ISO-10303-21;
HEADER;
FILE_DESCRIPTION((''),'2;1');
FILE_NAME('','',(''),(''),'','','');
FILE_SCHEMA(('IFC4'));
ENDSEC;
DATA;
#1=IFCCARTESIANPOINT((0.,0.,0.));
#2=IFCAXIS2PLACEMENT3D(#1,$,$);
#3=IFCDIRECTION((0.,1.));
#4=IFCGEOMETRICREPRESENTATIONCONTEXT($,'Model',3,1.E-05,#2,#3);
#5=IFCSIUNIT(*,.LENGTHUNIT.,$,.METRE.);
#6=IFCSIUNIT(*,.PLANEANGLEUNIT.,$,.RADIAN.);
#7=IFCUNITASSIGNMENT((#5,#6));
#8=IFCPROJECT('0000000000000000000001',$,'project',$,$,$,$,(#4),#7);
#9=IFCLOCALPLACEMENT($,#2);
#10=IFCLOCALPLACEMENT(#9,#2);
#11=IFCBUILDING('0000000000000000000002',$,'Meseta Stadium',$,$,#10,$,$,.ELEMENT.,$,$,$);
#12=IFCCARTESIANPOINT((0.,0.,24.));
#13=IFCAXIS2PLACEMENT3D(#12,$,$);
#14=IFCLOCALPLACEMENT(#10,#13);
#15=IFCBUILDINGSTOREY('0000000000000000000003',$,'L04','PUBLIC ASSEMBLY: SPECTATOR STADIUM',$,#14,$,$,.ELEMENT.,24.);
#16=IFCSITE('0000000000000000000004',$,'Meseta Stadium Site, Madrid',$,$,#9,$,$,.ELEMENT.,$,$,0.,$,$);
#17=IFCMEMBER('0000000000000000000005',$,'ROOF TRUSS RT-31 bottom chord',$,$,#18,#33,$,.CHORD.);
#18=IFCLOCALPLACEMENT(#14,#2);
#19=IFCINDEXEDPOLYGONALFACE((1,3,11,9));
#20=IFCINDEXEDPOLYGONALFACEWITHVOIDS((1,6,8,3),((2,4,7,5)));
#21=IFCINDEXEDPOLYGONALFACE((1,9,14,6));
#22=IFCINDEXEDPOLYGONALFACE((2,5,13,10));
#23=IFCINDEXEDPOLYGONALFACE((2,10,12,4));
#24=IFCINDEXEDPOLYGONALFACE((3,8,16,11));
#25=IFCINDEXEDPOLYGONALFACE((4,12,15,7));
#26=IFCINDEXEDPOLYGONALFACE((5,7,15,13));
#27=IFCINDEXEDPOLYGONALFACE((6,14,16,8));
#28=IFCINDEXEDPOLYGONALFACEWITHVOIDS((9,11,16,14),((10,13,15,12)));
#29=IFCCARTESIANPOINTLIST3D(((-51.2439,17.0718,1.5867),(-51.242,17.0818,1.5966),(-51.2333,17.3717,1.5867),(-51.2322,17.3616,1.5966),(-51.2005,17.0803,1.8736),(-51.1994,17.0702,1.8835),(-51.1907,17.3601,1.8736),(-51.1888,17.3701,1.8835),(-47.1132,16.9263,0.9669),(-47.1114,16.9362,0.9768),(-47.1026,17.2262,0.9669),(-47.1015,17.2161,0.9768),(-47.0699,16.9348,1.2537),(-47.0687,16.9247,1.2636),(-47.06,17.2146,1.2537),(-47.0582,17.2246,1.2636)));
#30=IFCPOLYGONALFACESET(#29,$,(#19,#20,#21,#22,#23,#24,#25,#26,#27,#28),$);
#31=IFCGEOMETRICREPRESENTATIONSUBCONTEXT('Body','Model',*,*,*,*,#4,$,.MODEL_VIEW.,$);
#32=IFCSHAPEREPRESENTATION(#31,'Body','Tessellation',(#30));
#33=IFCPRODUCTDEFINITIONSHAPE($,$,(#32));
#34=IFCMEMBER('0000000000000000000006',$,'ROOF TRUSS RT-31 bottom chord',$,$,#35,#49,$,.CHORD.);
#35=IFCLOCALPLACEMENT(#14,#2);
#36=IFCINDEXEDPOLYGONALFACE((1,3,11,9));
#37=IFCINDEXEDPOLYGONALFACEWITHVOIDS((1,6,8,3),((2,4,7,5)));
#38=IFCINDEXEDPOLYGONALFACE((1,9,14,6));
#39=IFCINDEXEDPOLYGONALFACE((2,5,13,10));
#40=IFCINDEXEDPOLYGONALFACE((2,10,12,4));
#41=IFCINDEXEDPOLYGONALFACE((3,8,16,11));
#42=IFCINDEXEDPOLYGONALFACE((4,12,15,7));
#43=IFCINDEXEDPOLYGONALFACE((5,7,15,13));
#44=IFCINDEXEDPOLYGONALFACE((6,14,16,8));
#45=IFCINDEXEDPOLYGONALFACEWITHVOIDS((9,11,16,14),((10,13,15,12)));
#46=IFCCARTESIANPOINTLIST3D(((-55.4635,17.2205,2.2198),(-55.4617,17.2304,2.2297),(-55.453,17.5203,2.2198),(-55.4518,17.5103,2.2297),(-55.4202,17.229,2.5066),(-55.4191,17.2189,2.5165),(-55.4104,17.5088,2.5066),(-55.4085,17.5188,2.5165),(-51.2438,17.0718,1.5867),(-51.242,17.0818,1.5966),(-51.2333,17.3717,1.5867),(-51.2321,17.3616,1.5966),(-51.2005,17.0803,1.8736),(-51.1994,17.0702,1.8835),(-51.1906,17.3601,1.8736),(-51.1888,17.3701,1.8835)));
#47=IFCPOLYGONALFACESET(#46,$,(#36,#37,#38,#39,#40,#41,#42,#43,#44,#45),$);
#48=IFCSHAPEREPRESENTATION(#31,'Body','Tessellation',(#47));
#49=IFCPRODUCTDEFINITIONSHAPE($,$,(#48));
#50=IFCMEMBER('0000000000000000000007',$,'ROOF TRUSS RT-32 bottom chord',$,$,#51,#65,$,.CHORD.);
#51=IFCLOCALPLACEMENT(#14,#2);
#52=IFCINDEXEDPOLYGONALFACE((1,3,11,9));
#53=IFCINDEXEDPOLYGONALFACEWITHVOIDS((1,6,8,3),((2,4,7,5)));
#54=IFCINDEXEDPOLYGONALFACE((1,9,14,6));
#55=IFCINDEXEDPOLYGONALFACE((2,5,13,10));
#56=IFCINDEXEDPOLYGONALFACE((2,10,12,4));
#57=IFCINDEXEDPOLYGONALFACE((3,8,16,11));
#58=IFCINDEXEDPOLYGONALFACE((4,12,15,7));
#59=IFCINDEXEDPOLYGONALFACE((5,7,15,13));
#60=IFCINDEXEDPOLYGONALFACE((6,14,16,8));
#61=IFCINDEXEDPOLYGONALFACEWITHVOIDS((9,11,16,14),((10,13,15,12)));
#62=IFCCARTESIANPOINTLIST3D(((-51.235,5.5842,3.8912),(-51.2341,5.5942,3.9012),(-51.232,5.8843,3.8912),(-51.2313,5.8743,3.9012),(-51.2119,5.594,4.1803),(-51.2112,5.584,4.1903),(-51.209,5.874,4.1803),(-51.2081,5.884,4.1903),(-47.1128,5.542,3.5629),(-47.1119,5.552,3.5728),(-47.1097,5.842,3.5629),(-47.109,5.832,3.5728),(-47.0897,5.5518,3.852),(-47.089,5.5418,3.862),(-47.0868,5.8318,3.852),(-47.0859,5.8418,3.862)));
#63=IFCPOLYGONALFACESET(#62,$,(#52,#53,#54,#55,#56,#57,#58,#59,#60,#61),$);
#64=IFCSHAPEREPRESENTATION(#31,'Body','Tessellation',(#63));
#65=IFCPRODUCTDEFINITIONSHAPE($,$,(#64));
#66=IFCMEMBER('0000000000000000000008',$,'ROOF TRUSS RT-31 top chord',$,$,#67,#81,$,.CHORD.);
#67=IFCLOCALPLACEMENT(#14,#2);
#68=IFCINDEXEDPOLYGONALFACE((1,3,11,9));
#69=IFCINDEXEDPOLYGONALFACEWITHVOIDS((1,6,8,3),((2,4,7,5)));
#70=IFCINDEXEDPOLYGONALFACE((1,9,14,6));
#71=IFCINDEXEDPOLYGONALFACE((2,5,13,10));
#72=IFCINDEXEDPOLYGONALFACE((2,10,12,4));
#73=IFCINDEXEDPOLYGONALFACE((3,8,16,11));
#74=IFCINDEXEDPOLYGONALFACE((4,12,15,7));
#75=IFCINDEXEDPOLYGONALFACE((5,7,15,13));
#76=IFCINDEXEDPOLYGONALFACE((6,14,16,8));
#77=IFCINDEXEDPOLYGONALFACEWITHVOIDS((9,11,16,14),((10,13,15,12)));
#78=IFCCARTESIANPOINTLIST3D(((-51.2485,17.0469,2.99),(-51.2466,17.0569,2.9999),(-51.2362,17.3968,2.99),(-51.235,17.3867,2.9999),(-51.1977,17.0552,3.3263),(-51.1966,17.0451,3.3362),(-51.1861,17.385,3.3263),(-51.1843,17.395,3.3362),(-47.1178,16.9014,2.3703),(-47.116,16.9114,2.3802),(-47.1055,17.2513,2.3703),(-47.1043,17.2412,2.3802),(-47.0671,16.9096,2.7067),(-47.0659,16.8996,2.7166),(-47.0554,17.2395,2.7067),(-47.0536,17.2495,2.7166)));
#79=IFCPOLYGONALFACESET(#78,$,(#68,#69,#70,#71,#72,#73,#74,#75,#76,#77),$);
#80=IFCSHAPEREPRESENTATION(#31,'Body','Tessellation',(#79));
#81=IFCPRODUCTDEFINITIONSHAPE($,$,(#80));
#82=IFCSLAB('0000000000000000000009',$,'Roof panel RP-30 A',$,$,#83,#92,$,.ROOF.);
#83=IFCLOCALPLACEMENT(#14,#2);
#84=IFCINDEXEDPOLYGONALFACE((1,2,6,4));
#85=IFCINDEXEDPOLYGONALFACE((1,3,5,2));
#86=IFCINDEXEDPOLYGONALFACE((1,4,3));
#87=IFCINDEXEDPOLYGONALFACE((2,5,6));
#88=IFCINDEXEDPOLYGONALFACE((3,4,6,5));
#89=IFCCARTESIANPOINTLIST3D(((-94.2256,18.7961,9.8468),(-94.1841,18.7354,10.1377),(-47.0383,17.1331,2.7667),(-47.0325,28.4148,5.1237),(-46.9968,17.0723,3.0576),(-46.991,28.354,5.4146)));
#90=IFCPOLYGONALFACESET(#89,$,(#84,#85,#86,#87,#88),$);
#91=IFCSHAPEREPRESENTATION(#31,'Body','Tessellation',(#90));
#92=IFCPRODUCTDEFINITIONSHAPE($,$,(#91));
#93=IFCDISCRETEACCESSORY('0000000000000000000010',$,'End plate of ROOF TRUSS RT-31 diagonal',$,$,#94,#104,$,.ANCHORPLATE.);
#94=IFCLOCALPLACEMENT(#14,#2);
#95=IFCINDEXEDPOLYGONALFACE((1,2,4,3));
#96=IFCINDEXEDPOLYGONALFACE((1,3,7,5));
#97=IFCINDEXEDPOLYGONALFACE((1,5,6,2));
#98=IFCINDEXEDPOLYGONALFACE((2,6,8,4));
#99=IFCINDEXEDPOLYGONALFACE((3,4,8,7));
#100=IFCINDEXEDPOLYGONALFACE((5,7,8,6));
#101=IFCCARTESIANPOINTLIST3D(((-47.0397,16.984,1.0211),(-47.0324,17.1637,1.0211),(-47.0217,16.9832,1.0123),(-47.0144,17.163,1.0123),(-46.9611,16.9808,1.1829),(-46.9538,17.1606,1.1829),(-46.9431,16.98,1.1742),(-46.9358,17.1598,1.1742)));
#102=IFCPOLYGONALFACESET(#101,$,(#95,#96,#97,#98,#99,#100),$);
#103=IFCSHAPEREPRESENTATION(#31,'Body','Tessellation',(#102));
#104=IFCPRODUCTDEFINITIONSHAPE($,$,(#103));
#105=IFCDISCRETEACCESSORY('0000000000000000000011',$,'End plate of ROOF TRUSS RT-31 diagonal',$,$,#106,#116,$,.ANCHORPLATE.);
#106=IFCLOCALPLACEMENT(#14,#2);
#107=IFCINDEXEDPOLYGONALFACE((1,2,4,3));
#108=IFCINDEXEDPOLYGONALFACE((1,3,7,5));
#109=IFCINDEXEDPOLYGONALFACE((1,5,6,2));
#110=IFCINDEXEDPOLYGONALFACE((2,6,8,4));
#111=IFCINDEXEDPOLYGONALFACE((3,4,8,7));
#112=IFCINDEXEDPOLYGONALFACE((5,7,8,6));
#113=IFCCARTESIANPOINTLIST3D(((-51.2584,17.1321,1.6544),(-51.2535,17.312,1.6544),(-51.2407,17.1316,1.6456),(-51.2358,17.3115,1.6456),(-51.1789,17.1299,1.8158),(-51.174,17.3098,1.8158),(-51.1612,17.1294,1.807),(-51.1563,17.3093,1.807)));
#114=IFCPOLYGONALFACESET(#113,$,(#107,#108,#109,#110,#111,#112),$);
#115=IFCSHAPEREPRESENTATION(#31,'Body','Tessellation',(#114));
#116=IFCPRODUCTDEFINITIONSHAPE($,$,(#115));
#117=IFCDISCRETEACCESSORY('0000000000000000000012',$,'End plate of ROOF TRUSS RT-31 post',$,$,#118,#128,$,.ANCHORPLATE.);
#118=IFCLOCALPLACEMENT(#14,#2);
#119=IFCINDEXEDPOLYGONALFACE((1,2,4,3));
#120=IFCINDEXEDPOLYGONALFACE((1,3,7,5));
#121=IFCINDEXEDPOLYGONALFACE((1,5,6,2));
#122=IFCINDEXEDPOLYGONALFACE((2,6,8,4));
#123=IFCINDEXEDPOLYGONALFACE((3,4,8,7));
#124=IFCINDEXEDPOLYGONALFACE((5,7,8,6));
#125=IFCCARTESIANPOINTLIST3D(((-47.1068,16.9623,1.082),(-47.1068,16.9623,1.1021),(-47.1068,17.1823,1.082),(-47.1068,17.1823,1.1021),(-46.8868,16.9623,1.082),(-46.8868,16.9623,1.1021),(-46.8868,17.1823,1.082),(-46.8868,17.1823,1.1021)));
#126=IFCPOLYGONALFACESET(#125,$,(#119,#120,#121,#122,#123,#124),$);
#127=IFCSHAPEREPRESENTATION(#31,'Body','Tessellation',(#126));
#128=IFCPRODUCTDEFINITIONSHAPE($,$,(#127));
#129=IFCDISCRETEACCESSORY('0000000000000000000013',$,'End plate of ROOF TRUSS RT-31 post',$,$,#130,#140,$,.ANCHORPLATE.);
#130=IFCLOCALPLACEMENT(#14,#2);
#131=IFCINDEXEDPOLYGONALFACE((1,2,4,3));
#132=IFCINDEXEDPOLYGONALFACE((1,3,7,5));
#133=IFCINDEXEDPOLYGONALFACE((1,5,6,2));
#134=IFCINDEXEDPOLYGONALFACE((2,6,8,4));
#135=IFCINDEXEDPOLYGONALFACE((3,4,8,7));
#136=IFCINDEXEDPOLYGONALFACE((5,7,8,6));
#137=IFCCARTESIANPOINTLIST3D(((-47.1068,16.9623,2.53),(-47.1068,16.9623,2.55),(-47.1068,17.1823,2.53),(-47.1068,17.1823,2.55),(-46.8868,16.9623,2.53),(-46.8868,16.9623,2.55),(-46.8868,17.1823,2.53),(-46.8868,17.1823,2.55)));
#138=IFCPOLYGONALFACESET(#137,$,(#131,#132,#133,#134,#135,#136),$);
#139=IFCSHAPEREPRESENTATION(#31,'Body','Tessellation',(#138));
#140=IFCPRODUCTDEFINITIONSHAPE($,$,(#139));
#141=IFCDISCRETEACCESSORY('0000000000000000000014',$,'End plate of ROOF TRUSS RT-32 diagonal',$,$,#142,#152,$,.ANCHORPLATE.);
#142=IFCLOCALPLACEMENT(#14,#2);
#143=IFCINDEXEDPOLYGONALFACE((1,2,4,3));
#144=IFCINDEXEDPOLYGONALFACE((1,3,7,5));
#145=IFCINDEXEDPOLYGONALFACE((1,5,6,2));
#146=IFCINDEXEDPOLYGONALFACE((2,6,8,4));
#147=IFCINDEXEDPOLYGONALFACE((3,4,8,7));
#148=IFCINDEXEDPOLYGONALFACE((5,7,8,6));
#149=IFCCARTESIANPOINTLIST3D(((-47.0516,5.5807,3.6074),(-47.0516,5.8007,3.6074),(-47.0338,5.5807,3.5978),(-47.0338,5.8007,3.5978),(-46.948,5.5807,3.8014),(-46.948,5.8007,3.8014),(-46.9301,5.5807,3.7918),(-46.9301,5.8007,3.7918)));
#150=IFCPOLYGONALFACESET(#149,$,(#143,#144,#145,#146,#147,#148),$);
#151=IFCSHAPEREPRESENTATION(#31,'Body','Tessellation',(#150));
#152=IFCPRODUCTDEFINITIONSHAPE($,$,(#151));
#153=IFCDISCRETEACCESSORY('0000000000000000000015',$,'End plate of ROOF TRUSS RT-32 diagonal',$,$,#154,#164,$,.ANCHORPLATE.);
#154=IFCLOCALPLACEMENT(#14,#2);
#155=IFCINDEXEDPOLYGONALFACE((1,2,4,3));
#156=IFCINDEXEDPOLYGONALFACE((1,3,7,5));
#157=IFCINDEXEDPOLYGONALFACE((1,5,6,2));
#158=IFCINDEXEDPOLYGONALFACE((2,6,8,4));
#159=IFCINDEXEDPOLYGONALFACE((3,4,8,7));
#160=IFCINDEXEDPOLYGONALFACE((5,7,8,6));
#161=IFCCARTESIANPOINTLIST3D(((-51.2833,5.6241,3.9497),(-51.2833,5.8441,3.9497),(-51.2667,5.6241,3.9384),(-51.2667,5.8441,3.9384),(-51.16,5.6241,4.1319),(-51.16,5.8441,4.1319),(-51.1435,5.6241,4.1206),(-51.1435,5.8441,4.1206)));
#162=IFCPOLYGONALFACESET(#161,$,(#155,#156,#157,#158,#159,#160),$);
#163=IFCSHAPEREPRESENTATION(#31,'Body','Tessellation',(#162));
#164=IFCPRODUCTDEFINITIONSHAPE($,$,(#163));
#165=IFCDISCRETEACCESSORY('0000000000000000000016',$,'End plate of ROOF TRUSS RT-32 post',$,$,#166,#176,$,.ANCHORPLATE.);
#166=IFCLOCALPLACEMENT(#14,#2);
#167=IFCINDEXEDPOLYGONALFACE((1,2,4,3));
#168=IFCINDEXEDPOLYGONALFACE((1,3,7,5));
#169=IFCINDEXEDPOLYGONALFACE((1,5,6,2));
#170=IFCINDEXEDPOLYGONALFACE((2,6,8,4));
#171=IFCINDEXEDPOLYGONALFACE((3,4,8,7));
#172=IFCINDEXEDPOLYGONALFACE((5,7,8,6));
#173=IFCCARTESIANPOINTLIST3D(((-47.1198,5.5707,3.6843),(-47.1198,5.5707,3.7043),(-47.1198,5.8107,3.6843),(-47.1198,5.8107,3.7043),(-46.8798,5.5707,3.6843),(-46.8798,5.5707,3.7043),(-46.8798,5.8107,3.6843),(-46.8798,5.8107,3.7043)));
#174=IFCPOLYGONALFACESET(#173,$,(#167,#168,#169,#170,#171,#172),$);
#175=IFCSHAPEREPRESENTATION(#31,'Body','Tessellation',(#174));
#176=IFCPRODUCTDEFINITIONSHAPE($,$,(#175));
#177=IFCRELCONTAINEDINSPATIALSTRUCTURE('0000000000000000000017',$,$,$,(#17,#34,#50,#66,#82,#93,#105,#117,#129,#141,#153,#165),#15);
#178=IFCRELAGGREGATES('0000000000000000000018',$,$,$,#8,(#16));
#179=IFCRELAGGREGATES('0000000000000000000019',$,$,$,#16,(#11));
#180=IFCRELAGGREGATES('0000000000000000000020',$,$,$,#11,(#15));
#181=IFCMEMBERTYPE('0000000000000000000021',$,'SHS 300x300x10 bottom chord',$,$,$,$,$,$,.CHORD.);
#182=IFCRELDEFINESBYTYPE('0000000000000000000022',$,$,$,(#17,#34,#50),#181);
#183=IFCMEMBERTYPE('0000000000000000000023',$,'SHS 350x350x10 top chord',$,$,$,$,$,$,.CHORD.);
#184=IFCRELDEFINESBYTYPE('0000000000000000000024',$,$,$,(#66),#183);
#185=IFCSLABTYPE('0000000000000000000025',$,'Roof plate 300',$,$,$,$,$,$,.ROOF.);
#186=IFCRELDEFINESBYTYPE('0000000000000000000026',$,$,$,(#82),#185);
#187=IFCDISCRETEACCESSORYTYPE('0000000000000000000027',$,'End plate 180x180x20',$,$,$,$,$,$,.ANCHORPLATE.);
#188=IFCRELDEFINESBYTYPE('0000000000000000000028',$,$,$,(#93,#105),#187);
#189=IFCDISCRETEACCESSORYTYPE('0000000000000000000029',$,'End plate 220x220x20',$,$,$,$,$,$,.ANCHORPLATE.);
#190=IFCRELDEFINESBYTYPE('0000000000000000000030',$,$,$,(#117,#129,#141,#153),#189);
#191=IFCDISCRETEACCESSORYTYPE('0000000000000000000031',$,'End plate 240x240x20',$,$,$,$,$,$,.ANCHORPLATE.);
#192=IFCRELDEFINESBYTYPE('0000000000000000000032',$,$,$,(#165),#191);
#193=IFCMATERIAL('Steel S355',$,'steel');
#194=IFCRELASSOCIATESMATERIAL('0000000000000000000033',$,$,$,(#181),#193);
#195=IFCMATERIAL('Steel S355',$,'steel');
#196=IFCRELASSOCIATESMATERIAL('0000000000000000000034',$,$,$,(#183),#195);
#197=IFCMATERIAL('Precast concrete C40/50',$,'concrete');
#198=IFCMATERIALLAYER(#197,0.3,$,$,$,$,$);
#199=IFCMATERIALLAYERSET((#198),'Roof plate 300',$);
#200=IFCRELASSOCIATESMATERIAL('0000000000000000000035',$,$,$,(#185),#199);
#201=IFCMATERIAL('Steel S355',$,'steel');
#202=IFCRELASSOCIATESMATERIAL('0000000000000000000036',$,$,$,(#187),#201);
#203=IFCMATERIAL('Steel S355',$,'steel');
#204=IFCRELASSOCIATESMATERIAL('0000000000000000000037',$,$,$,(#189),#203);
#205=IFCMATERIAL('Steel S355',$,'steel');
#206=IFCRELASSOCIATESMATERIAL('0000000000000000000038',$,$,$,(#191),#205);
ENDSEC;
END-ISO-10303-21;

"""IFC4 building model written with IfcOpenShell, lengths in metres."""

from ifc_helpers import new_model, si_unit, direction, frame, origin, origin_2d, place, context, subcontext, project, spatial, polyline, rectangle, hollow_rectangle, outline, extrude, material, layer, layer_set, material_profile, profile_set, type_object, element, save


model = new_model("IFC4")

# Units and contexts
model_context = context("Model", 3, precision=1e-05, world=origin(), true_north=direction((0.0, 1.0)))
body_context = subcontext(model_context, "Body", "Model", "MODEL_VIEW")
ifc_project = project(units=[si_unit("LENGTHUNIT", "METRE"), si_unit("PLANEANGLEUNIT", "RADIAN")], contexts=[model_context])

# Site, building, storey
site_placement = place(None, origin())
site = spatial("IfcSite", under=ifc_project, at=site_placement, Name="Meseta Stadium Site, Madrid", CompositionType="ELEMENT", RefElevation=0.0)
building_placement = place(site_placement, origin())
building = spatial("IfcBuilding", under=site, at=building_placement, Name="Meseta Stadium", CompositionType="ELEMENT")
storey_placement = place(building_placement, frame((0.0, 0.0, 24.0)))
storey = spatial("IfcBuildingStorey", under=building, at=storey_placement, Name="L04", Description="PUBLIC ASSEMBLY: SPECTATOR STADIUM", CompositionType="ELEMENT", Elevation=24.0)

# Members
ifc_material_1 = material(Name="Steel S355", Category="steel")
ifc_material_profile_1 = material_profile(ifc_material_1, hollow_rectangle(XDim=0.3, YDim=0.3, WallThickness=0.01, at=origin_2d()), Name="SHS 300x300x10")
ifc_profile_set_1 = profile_set([ifc_material_profile_1], Name="Steel S355")
member_type_1 = type_object("IfcMemberType", Name="SHS 300x300x10 bottom chord", PredefinedType="CHORD", material=ifc_profile_set_1)
member_1_placement = place(storey_placement, frame((-47.0857, 17.0754, 1.1152), z_axis=(-0.988327, 0.034815, 0.148316), x_axis=(-0.035205, -0.99938, 0.0)))
element("IfcMember", 1, at=member_1_placement, inside=storey, type_object=member_type_1, Name="ROOF TRUSS RT-31 bottom chord", PredefinedType="CHORD", context=body_context, shape_type="SweptSolid", body=[
    extrude(hollow_rectangle(XDim=0.3, YDim=0.3, WallThickness=0.01, at=origin_2d()), origin(), (0.0, 0.0, 1.0), 4.1794),
])
member_2_placement = place(storey_placement, frame((-51.2163, 17.2209, 1.7351), z_axis=(-0.988333, 0.034824, 0.148273), x_axis=(-0.035213, -0.99938, 0.0)))
element("IfcMember", 2, at=member_2_placement, inside=storey, type_object=member_type_1, Name="ROOF TRUSS RT-31 bottom chord", PredefinedType="CHORD", context=body_context, shape_type="SweptSolid", body=[
    extrude(hollow_rectangle(XDim=0.3, YDim=0.3, WallThickness=0.01, at=origin_2d()), origin(), (0.0, 0.0, 1.0), 4.2695),
])
member_3_placement = place(storey_placement, frame((-47.0994, 5.6919, 3.7124), z_axis=(-0.99679, 0.010213, 0.079401), x_axis=(-0.010245, -0.999948, 0.0)))
element("IfcMember", 3, at=member_3_placement, inside=storey, type_object=member_type_1, Name="ROOF TRUSS RT-32 bottom chord", PredefinedType="CHORD", context=body_context, shape_type="SweptSolid", body=[
    extrude(hollow_rectangle(XDim=0.3, YDim=0.3, WallThickness=0.01, at=origin_2d()), origin(), (0.0, 0.0, 1.0), 4.1355),
])
ifc_material_2 = material(Name="Steel S355", Category="steel")
ifc_material_profile_2 = material_profile(ifc_material_2, hollow_rectangle(XDim=0.3501, YDim=0.3501, WallThickness=0.01, at=origin_2d()), Name="SHS 350x350x10")
ifc_profile_set_2 = profile_set([ifc_material_profile_2], Name="Steel S355")
member_type_2 = type_object("IfcMemberType", Name="SHS 350x350x10 top chord", PredefinedType="CHORD", material=ifc_profile_set_2)
member_4_placement = place(storey_placement, frame((-47.0857, 17.0754, 2.5435), z_axis=(-0.988336, 0.034816, 0.148259), x_axis=(-0.035205, -0.99938, 0.0)))
element("IfcMember", 4, at=member_4_placement, inside=storey, type_object=member_type_2, Name="ROOF TRUSS RT-31 top chord", PredefinedType="CHORD", context=body_context, shape_type="SweptSolid", body=[
    extrude(hollow_rectangle(XDim=0.3501, YDim=0.3501, WallThickness=0.01, at=origin_2d()), origin(), (0.0, 0.0, 1.0), 4.1794),
])

# Slab
ifc_material_3 = material(Name="Precast concrete C40/50", Category="concrete")
ifc_layer = layer(ifc_material_3, 0.3)
ifc_layer_set = layer_set([ifc_layer], Name="Roof plate 300")
slab_type = type_object("IfcSlabType", Name="Roof plate 300", PredefinedType="ROOF", material=ifc_layer_set)
slab_placement = place(storey_placement, frame((-46.9968, 17.0723, 3.0576), z_axis=(0.138317, -0.202604, 0.969443), x_axis=(-0.98833, 0.034833, 0.148291)))
element("IfcSlab", 5, at=slab_placement, inside=storey, type_object=slab_type, Name="Roof panel RP-30 A", PredefinedType="ROOF", context=body_context, shape_type="SweptSolid", body=[
    extrude(outline(polyline([(0.0, 0.0), (47.7444, 0.0), (0.7367, -11.5017), (0.0, 0.0)])), origin(), (0.0, 0.0, -1.0), 0.3),
])

# Discrete accessories
ifc_material_4 = material(Name="Steel S355", Category="steel")
ifc_material_profile_3 = material_profile(ifc_material_4, rectangle(XDim=0.1799, YDim=0.1799, at=origin_2d()), Name="PL 180x180")
ifc_profile_set_3 = profile_set([ifc_material_profile_3], Name="Steel S355")
discrete_accessory_type_1 = type_object("IfcDiscreteAccessoryType", Name="End plate 180x180x20", PredefinedType="ANCHORPLATE", material=ifc_profile_set_3)
discrete_accessory_1_placement = place(storey_placement, frame((-46.9788, 17.0715, 1.0933), z_axis=(-0.898638, 0.036431, 0.437175), x_axis=(-0.040507, -0.999179, 0.0)))
element("IfcDiscreteAccessory", 6, at=discrete_accessory_1_placement, inside=storey, type_object=discrete_accessory_type_1, Name="End plate of ROOF TRUSS RT-31 diagonal", PredefinedType="ANCHORPLATE", context=body_context, shape_type="SweptSolid", body=[
    extrude(rectangle(XDim=0.1799, YDim=0.1799, at=origin_2d()), origin(), (0.0, 0.0, 1.0), 0.02),
])
discrete_accessory_2_placement = place(storey_placement, frame((-51.1985, 17.2205, 1.7263), z_axis=(-0.8966, 0.024564, 0.442159), x_axis=(-0.027387, -0.999625, 0.0)))
element("IfcDiscreteAccessory", 7, at=discrete_accessory_2_placement, inside=storey, type_object=discrete_accessory_type_1, Name="End plate of ROOF TRUSS RT-31 diagonal", PredefinedType="ANCHORPLATE", context=body_context, shape_type="SweptSolid", body=[
    extrude(rectangle(XDim=0.1799, YDim=0.1799, at=origin_2d()), origin(), (0.0, 0.0, 1.0), 0.0198),
])
ifc_material_5 = material(Name="Steel S355", Category="steel")
ifc_material_profile_4 = material_profile(ifc_material_5, rectangle(XDim=0.22, YDim=0.22, at=origin_2d()), Name="PL 220x220")
ifc_profile_set_4 = profile_set([ifc_material_profile_4], Name="Steel S355")
discrete_accessory_type_2 = type_object("IfcDiscreteAccessoryType", Name="End plate 220x220x20", PredefinedType="ANCHORPLATE", material=ifc_profile_set_4)
for number, where, z_axis, x_axis, name in (
    (8, (-46.9968, 17.0723, 1.082), (0.0, 0.0, 1.0), (1.0, 0.0, 0.0), "End plate of ROOF TRUSS RT-31 post"),
    (9, (-46.9968, 17.0723, 2.53), (0.0, 0.0, 1.0), (1.0, 0.0, 0.0), "End plate of ROOF TRUSS RT-31 post"),
):
    element("IfcDiscreteAccessory", number, at=place(storey_placement, frame(where, z_axis=z_axis, x_axis=x_axis)), inside=storey, type_object=discrete_accessory_type_2, Name=name, PredefinedType="ANCHORPLATE", context=body_context, shape_type="SweptSolid", body=[
        extrude(rectangle(XDim=0.22, YDim=0.22, at=origin_2d()), origin(), (0.0, 0.0, 1.0), 0.02),
    ])
discrete_accessory_3_placement = place(storey_placement, frame((-46.9819, 5.6907, 3.6948), z_axis=(-0.882018, 0.0, 0.471215), x_axis=(0.0, -1.0, 0.0)))
element("IfcDiscreteAccessory", 10, at=discrete_accessory_3_placement, inside=storey, type_object=discrete_accessory_type_2, Name="End plate of ROOF TRUSS RT-32 diagonal", PredefinedType="ANCHORPLATE", context=body_context, shape_type="SweptSolid", body=[
    extrude(rectangle(XDim=0.22, YDim=0.22, at=origin_2d()), origin(), (0.0, 0.0, 1.0), 0.0203),
])
discrete_accessory_4_placement = place(storey_placement, frame((-51.2051, 5.7341, 4.0295), z_axis=(-0.828283, 0.0, 0.560309), x_axis=(0.0, -1.0, 0.0)))
element("IfcDiscreteAccessory", 11, at=discrete_accessory_4_placement, inside=storey, type_object=discrete_accessory_type_2, Name="End plate of ROOF TRUSS RT-32 diagonal", PredefinedType="ANCHORPLATE", context=body_context, shape_type="SweptSolid", body=[
    extrude(rectangle(XDim=0.22, YDim=0.22, at=origin_2d()), origin(), (0.0, 0.0, 1.0), 0.02),
])
ifc_material_6 = material(Name="Steel S355", Category="steel")
ifc_material_profile_5 = material_profile(ifc_material_6, rectangle(XDim=0.24, YDim=0.24, at=origin_2d()), Name="PL 240x240")
ifc_profile_set_5 = profile_set([ifc_material_profile_5], Name="Steel S355")
discrete_accessory_type_3 = type_object("IfcDiscreteAccessoryType", Name="End plate 240x240x20", PredefinedType="ANCHORPLATE", material=ifc_profile_set_5)
for number, where, z_axis, x_axis, name in (
    (12, (-46.9998, 5.6907, 3.6843), (0.0, 0.0, 1.0), (1.0, 0.0, 0.0), "End plate of ROOF TRUSS RT-32 post"),
):
    element("IfcDiscreteAccessory", number, at=place(storey_placement, frame(where, z_axis=z_axis, x_axis=x_axis)), inside=storey, type_object=discrete_accessory_type_3, Name=name, PredefinedType="ANCHORPLATE", context=body_context, shape_type="SweptSolid", body=[
        extrude(rectangle(XDim=0.24, YDim=0.24, at=origin_2d()), origin(), (0.0, 0.0, 1.0), 0.02),
    ])

save(model, "model.ifc")
